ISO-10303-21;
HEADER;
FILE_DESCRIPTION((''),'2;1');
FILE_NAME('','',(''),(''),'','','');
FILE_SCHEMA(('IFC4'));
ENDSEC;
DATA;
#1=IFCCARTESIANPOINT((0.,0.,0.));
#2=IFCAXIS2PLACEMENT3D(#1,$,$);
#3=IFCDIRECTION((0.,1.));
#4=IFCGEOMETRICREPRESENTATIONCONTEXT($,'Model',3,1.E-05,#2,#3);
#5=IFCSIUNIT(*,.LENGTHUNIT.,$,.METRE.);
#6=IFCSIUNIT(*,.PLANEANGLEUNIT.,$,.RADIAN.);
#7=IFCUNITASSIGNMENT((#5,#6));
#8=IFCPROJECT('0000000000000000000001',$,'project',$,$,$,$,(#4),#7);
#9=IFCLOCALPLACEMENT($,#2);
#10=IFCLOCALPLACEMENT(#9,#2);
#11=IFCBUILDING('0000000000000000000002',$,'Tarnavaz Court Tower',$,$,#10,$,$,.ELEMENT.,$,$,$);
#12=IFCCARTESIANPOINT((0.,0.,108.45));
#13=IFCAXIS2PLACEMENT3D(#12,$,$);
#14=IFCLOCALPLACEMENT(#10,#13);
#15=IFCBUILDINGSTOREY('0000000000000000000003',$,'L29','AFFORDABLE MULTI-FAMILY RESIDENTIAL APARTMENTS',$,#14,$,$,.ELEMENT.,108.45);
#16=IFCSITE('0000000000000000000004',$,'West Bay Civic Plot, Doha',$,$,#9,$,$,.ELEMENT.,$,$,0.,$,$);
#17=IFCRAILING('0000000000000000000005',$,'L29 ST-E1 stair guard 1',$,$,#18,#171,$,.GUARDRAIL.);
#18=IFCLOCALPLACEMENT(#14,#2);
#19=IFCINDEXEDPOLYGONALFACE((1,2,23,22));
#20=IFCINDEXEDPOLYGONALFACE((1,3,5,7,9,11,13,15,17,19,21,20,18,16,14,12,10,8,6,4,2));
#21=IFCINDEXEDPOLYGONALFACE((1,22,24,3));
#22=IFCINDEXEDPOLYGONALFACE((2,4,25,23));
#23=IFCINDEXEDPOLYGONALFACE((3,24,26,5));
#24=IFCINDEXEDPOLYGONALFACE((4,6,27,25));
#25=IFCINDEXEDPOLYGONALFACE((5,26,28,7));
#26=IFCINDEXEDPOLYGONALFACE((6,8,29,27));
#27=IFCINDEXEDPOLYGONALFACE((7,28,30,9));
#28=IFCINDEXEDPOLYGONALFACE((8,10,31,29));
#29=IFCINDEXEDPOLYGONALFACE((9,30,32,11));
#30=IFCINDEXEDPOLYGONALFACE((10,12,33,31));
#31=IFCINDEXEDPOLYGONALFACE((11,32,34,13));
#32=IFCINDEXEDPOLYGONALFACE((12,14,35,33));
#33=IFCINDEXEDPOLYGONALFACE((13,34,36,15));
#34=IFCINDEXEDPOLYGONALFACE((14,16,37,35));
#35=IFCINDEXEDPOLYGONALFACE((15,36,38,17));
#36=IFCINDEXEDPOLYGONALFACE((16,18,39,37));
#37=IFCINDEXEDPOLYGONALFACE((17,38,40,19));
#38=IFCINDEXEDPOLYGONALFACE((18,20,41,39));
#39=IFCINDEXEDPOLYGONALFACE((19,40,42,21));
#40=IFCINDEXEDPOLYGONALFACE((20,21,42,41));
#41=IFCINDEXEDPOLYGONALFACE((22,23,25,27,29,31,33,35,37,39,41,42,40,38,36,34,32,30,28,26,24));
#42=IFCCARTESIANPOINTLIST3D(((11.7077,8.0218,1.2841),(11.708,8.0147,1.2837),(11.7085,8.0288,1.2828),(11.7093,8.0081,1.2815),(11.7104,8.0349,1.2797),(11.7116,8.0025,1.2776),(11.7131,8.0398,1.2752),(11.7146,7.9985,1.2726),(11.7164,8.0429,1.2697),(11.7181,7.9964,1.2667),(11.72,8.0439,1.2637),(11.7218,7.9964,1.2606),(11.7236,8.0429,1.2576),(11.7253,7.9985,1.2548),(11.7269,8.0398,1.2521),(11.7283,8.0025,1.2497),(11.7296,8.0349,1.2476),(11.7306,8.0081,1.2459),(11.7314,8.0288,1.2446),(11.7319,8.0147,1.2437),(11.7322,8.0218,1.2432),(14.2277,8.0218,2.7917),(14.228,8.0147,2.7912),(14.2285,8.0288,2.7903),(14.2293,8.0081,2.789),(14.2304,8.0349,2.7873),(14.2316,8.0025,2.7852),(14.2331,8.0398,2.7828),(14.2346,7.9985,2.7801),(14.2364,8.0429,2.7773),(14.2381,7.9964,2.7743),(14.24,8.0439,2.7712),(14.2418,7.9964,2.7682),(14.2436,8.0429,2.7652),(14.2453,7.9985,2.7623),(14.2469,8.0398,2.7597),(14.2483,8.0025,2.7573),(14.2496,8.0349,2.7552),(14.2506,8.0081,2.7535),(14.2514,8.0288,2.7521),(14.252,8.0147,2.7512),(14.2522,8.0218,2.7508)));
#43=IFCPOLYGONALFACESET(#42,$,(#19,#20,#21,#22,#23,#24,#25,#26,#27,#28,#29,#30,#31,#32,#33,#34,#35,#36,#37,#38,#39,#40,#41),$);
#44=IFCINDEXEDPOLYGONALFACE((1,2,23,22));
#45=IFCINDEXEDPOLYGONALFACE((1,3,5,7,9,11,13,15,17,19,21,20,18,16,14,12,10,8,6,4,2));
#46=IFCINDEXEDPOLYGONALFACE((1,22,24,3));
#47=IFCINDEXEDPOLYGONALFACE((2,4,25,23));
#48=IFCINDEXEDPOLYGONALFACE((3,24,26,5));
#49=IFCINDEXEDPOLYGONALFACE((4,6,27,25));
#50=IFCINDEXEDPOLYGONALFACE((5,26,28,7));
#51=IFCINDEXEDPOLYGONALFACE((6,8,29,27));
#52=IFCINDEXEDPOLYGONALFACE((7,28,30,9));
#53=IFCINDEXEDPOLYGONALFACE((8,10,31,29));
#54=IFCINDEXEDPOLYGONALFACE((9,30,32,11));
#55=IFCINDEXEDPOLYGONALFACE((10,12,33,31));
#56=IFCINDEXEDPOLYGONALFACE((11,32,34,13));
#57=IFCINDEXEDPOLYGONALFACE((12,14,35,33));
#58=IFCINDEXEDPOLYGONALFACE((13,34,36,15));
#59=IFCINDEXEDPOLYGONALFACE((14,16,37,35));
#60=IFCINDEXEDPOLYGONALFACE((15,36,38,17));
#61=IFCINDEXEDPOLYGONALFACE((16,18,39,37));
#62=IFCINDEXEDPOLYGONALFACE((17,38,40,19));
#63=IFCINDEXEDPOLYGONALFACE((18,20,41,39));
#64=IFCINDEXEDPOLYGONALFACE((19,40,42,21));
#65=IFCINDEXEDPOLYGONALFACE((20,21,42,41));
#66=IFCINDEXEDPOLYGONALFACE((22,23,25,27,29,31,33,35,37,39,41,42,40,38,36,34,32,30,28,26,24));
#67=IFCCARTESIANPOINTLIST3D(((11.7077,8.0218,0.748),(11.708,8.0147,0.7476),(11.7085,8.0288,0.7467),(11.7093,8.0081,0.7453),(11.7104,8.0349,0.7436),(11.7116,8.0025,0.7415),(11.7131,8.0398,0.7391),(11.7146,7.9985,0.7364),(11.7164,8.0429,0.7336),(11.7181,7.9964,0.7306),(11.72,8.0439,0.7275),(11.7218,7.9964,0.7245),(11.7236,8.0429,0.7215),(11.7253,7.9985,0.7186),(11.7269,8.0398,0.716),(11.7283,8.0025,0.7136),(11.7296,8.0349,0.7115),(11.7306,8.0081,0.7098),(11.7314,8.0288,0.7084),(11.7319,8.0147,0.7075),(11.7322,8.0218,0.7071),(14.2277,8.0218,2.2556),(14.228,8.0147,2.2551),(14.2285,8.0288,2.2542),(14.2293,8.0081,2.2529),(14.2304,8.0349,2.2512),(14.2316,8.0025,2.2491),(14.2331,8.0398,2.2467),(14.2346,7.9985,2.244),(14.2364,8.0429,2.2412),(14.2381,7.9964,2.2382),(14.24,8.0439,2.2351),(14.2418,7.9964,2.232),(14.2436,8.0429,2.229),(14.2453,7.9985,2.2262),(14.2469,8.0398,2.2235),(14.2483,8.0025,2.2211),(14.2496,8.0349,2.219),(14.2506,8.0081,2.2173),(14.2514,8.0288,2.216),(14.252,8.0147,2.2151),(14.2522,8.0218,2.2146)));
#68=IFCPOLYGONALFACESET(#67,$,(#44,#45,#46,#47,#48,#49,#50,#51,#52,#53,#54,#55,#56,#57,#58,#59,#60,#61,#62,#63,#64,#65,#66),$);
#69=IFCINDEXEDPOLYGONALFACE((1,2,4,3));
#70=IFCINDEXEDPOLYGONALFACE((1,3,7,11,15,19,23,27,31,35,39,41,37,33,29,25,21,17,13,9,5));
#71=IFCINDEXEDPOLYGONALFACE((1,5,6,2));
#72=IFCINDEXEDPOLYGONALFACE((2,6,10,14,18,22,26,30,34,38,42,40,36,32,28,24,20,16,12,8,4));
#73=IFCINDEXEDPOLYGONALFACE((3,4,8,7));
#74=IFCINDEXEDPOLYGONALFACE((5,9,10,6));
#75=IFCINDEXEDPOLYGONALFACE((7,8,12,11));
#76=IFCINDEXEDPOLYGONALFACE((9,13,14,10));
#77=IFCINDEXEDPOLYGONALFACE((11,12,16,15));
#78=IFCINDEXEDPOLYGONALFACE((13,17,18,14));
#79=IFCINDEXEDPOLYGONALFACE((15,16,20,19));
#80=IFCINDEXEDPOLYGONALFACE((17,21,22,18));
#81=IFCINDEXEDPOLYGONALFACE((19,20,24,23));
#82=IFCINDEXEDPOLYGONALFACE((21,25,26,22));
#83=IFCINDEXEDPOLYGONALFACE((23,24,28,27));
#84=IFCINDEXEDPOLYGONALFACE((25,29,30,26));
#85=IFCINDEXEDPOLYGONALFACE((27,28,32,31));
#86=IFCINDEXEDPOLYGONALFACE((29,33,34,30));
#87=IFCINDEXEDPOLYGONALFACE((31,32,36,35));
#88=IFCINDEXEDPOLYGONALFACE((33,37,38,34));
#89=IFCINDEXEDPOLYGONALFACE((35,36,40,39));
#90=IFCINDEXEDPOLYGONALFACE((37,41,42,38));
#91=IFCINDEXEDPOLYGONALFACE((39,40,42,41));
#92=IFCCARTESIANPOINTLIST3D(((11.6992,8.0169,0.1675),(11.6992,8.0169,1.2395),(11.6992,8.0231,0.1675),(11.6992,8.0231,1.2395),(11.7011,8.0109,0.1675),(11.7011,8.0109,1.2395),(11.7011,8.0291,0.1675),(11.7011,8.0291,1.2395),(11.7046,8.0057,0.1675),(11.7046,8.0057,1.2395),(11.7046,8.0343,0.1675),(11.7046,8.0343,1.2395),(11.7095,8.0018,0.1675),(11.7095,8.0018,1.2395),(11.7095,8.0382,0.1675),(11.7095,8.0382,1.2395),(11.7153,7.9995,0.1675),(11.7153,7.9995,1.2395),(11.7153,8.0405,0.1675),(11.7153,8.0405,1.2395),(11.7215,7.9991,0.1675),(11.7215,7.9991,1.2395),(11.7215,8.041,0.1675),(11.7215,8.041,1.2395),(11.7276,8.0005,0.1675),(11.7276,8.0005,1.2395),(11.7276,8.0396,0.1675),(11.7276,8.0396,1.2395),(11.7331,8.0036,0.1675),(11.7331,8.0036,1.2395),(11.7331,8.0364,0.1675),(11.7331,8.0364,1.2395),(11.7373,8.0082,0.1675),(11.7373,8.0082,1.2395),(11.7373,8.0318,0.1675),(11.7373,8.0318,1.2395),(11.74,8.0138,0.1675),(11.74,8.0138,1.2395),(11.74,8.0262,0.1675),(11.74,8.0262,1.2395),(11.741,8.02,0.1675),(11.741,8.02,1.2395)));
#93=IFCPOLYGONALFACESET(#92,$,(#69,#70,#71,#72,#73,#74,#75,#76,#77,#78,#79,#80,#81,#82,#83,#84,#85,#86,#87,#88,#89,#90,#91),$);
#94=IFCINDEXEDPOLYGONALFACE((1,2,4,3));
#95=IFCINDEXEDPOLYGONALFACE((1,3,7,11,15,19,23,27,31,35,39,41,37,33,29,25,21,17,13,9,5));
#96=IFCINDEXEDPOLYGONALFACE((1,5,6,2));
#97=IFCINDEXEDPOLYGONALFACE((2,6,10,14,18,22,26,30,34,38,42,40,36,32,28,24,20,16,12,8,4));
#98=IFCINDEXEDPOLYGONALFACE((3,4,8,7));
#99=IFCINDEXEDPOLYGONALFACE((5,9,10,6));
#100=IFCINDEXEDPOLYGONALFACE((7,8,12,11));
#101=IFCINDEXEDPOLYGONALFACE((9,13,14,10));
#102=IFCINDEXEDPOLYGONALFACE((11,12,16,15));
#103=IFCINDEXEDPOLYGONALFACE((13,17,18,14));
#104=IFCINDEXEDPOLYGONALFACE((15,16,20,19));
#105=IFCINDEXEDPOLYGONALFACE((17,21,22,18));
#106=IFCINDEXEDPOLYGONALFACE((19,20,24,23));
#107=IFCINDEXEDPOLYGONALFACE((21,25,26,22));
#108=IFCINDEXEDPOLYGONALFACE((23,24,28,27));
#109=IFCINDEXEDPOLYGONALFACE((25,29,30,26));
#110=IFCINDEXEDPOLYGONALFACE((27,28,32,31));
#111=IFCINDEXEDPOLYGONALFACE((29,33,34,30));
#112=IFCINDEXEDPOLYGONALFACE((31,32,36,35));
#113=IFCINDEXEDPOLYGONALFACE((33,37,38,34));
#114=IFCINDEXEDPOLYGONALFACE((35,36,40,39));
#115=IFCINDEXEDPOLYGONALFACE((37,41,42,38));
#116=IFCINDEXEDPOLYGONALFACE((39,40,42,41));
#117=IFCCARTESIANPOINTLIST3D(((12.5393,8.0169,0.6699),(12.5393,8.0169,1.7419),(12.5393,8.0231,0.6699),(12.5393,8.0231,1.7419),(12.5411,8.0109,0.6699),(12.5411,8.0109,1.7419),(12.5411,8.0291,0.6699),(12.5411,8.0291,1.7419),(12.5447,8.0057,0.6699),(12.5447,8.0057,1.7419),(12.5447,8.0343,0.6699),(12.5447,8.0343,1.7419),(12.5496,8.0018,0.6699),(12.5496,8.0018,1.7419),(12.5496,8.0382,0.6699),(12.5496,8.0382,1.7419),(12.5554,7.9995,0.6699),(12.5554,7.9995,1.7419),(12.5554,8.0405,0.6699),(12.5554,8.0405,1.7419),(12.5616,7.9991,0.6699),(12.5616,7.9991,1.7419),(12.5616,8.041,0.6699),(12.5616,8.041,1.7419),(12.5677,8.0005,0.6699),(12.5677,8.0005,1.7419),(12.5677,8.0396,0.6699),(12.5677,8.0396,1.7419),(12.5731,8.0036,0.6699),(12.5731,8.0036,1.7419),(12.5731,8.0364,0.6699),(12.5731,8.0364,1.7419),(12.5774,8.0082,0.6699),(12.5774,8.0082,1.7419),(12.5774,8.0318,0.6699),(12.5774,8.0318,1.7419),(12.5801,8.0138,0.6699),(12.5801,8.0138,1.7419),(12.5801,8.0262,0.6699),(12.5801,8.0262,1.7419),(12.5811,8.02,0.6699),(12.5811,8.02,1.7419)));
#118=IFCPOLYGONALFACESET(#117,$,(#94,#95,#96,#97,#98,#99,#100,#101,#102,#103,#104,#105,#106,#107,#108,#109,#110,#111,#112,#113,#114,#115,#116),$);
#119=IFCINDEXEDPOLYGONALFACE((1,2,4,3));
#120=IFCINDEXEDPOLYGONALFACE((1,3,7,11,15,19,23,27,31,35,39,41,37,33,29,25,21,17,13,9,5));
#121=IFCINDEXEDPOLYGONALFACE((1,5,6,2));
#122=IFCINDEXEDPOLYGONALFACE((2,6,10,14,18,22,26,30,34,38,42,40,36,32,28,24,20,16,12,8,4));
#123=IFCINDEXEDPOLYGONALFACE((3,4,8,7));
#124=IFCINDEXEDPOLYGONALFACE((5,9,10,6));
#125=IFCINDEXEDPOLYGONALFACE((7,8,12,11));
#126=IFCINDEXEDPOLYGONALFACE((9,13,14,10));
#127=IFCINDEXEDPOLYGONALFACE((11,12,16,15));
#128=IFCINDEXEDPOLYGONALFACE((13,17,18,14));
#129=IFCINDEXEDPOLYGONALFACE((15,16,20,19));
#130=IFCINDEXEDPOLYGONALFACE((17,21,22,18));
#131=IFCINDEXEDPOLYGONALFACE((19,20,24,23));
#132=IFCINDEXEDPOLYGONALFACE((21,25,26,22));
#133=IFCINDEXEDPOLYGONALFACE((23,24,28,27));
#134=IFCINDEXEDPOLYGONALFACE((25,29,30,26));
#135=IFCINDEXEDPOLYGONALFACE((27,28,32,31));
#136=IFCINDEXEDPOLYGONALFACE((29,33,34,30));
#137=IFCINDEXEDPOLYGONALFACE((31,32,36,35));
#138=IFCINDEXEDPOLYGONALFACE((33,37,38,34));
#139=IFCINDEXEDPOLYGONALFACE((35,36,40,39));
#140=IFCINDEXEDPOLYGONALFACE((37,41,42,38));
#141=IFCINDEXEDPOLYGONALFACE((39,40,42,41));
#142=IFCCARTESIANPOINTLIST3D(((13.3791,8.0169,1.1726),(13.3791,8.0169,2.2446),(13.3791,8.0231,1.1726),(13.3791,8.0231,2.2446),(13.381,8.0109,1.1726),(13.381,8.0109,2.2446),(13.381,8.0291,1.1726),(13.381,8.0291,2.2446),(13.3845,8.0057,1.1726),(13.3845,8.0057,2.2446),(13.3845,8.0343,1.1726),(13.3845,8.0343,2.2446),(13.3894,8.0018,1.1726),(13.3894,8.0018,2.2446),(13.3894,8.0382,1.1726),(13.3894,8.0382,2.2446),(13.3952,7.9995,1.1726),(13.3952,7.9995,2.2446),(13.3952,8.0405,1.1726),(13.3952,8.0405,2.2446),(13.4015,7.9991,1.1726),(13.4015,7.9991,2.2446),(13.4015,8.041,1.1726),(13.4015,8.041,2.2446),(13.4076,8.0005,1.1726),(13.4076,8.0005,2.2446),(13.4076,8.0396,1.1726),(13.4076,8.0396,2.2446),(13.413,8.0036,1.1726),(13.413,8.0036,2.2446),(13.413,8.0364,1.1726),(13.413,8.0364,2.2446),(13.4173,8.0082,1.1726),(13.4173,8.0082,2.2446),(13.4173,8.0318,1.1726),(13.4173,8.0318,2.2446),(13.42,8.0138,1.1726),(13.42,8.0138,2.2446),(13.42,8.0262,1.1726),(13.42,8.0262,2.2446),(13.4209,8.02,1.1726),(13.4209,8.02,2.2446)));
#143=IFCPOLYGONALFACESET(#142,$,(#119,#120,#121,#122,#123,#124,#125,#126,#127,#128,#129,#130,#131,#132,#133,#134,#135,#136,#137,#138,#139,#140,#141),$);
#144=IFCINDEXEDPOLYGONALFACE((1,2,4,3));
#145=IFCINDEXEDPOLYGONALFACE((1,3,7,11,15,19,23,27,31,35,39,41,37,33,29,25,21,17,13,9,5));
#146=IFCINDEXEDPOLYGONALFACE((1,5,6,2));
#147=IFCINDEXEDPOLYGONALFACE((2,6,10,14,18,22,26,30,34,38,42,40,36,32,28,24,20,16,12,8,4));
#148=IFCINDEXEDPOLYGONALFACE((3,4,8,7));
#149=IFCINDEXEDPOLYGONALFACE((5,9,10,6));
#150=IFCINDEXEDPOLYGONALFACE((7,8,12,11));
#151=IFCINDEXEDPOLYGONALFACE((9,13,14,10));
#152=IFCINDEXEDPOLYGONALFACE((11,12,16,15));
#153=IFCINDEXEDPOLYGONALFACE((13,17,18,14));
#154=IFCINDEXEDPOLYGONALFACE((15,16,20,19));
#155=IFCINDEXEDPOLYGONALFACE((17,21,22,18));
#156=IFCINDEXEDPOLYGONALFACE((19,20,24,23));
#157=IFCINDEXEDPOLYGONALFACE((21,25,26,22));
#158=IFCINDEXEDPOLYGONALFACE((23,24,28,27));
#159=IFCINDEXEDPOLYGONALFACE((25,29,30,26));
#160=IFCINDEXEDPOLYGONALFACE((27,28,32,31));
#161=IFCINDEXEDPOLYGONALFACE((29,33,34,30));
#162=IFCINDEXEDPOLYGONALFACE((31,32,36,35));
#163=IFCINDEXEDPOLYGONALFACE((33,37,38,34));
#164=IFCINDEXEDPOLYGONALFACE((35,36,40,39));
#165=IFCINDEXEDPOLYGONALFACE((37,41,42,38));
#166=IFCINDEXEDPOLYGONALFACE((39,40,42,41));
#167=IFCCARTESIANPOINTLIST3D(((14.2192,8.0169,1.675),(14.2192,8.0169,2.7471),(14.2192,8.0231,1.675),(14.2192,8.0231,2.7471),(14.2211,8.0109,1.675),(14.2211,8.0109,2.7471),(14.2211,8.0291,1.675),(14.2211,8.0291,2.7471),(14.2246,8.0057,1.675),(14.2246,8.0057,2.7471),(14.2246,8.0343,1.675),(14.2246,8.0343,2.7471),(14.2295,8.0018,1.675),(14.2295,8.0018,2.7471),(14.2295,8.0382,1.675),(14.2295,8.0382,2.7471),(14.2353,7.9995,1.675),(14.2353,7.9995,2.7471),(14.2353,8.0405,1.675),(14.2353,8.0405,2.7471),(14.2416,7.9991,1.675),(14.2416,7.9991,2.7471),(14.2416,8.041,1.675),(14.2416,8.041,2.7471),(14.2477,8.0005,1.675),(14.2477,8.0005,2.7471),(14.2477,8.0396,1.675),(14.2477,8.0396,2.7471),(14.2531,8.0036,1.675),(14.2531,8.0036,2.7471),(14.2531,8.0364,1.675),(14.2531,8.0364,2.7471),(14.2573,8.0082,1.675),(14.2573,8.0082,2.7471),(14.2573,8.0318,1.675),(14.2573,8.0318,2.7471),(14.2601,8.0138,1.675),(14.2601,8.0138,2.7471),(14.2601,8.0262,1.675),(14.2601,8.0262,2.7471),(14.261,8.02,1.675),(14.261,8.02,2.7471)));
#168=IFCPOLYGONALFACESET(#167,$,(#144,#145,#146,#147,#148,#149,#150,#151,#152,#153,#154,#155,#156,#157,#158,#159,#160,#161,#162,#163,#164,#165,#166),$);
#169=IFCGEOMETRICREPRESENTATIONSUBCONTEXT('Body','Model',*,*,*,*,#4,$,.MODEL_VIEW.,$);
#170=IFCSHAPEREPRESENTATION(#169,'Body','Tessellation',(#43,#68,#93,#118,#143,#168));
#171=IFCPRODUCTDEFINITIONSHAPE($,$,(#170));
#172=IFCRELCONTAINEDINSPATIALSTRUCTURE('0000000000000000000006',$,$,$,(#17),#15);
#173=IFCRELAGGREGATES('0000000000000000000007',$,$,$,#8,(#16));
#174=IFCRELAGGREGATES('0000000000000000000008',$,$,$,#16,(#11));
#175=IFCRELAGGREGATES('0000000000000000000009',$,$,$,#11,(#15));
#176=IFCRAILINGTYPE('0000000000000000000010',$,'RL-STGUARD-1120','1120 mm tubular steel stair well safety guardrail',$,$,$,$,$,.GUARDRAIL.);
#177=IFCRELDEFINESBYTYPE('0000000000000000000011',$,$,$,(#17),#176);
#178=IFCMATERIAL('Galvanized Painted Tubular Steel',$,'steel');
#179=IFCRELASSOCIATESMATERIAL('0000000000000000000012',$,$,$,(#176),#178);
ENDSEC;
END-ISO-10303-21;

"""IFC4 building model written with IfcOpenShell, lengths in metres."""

from ifc_helpers import new_model, si_unit, direction, frame, origin, origin_2d, place, context, subcontext, project, spatial, circle, extrude, material, type_object, element, save


model = new_model("IFC4")

# Units and contexts
model_context = context("Model", 3, precision=1e-05, world=origin(), true_north=direction((0.0, 1.0)))
body_context = subcontext(model_context, "Body", "Model", "MODEL_VIEW")
ifc_project = project(units=[si_unit("LENGTHUNIT", "METRE"), si_unit("PLANEANGLEUNIT", "RADIAN")], contexts=[model_context])

# Site, building, storey
site_placement = place(None, origin())
site = spatial("IfcSite", under=ifc_project, at=site_placement, Name="West Bay Civic Plot, Doha", CompositionType="ELEMENT", RefElevation=0.0)
building_placement = place(site_placement, origin())
building = spatial("IfcBuilding", under=site, at=building_placement, Name="Tarnavaz Court Tower", CompositionType="ELEMENT")
storey_placement = place(building_placement, frame((0.0, 0.0, 108.45)))
storey = spatial("IfcBuildingStorey", under=building, at=storey_placement, Name="L29", Description="AFFORDABLE MULTI-FAMILY RESIDENTIAL APARTMENTS", CompositionType="ELEMENT", Elevation=108.45)

# Railing
ifc_material_1 = material(Name="Galvanized Painted Tubular Steel", Category="steel")
railing_type_1 = type_object("IfcRailingType", Name="RL-STGUARD-1120", Description="1120 mm tubular steel stair well safety guardrail", PredefinedType="GUARDRAIL", material=ifc_material_1)
railing_1_placement = place(storey_placement, frame((11.72, 8.02, 0.1675)))
element("IfcRailing", 1, at=railing_1_placement, inside=storey, type_object=railing_type_1, Name="L29 ST-E1 stair guard 1", PredefinedType="GUARDRAIL", context=body_context, shape_type="SweptSolid", body=[
    extrude(circle(Radius=0.0239, at=origin_2d()), frame((0.0, 0.0, 1.0962), z_axis=(0.85816, 0.0, 0.513383), x_axis=(0.0, 1.0, 0.0)), (0.0, 0.0, 1.0), 2.9365),
    extrude(circle(Radius=0.0239, at=origin_2d()), frame((0.0, 0.0, 0.5601), z_axis=(0.85816, 0.0, 0.513383), x_axis=(0.0, 1.0, 0.0)), (0.0, 0.0, 1.0), 2.9365),
    extrude(circle(Radius=0.021, at=origin_2d()), origin(), (0.0, 0.0, 1.0), 1.072),
    extrude(circle(Radius=0.021, at=origin_2d()), frame((0.8401, 0.0, 0.5024)), (0.0, 0.0, 1.0), 1.072),
    extrude(circle(Radius=0.021, at=origin_2d()), frame((1.6799, 0.0, 1.0051)), (0.0, 0.0, 1.0), 1.072),
    extrude(circle(Radius=0.021, at=origin_2d()), frame((2.52, 0.0, 1.5076)), (0.0, 0.0, 1.0), 1.072),
])

save(model, "model.ifc")
